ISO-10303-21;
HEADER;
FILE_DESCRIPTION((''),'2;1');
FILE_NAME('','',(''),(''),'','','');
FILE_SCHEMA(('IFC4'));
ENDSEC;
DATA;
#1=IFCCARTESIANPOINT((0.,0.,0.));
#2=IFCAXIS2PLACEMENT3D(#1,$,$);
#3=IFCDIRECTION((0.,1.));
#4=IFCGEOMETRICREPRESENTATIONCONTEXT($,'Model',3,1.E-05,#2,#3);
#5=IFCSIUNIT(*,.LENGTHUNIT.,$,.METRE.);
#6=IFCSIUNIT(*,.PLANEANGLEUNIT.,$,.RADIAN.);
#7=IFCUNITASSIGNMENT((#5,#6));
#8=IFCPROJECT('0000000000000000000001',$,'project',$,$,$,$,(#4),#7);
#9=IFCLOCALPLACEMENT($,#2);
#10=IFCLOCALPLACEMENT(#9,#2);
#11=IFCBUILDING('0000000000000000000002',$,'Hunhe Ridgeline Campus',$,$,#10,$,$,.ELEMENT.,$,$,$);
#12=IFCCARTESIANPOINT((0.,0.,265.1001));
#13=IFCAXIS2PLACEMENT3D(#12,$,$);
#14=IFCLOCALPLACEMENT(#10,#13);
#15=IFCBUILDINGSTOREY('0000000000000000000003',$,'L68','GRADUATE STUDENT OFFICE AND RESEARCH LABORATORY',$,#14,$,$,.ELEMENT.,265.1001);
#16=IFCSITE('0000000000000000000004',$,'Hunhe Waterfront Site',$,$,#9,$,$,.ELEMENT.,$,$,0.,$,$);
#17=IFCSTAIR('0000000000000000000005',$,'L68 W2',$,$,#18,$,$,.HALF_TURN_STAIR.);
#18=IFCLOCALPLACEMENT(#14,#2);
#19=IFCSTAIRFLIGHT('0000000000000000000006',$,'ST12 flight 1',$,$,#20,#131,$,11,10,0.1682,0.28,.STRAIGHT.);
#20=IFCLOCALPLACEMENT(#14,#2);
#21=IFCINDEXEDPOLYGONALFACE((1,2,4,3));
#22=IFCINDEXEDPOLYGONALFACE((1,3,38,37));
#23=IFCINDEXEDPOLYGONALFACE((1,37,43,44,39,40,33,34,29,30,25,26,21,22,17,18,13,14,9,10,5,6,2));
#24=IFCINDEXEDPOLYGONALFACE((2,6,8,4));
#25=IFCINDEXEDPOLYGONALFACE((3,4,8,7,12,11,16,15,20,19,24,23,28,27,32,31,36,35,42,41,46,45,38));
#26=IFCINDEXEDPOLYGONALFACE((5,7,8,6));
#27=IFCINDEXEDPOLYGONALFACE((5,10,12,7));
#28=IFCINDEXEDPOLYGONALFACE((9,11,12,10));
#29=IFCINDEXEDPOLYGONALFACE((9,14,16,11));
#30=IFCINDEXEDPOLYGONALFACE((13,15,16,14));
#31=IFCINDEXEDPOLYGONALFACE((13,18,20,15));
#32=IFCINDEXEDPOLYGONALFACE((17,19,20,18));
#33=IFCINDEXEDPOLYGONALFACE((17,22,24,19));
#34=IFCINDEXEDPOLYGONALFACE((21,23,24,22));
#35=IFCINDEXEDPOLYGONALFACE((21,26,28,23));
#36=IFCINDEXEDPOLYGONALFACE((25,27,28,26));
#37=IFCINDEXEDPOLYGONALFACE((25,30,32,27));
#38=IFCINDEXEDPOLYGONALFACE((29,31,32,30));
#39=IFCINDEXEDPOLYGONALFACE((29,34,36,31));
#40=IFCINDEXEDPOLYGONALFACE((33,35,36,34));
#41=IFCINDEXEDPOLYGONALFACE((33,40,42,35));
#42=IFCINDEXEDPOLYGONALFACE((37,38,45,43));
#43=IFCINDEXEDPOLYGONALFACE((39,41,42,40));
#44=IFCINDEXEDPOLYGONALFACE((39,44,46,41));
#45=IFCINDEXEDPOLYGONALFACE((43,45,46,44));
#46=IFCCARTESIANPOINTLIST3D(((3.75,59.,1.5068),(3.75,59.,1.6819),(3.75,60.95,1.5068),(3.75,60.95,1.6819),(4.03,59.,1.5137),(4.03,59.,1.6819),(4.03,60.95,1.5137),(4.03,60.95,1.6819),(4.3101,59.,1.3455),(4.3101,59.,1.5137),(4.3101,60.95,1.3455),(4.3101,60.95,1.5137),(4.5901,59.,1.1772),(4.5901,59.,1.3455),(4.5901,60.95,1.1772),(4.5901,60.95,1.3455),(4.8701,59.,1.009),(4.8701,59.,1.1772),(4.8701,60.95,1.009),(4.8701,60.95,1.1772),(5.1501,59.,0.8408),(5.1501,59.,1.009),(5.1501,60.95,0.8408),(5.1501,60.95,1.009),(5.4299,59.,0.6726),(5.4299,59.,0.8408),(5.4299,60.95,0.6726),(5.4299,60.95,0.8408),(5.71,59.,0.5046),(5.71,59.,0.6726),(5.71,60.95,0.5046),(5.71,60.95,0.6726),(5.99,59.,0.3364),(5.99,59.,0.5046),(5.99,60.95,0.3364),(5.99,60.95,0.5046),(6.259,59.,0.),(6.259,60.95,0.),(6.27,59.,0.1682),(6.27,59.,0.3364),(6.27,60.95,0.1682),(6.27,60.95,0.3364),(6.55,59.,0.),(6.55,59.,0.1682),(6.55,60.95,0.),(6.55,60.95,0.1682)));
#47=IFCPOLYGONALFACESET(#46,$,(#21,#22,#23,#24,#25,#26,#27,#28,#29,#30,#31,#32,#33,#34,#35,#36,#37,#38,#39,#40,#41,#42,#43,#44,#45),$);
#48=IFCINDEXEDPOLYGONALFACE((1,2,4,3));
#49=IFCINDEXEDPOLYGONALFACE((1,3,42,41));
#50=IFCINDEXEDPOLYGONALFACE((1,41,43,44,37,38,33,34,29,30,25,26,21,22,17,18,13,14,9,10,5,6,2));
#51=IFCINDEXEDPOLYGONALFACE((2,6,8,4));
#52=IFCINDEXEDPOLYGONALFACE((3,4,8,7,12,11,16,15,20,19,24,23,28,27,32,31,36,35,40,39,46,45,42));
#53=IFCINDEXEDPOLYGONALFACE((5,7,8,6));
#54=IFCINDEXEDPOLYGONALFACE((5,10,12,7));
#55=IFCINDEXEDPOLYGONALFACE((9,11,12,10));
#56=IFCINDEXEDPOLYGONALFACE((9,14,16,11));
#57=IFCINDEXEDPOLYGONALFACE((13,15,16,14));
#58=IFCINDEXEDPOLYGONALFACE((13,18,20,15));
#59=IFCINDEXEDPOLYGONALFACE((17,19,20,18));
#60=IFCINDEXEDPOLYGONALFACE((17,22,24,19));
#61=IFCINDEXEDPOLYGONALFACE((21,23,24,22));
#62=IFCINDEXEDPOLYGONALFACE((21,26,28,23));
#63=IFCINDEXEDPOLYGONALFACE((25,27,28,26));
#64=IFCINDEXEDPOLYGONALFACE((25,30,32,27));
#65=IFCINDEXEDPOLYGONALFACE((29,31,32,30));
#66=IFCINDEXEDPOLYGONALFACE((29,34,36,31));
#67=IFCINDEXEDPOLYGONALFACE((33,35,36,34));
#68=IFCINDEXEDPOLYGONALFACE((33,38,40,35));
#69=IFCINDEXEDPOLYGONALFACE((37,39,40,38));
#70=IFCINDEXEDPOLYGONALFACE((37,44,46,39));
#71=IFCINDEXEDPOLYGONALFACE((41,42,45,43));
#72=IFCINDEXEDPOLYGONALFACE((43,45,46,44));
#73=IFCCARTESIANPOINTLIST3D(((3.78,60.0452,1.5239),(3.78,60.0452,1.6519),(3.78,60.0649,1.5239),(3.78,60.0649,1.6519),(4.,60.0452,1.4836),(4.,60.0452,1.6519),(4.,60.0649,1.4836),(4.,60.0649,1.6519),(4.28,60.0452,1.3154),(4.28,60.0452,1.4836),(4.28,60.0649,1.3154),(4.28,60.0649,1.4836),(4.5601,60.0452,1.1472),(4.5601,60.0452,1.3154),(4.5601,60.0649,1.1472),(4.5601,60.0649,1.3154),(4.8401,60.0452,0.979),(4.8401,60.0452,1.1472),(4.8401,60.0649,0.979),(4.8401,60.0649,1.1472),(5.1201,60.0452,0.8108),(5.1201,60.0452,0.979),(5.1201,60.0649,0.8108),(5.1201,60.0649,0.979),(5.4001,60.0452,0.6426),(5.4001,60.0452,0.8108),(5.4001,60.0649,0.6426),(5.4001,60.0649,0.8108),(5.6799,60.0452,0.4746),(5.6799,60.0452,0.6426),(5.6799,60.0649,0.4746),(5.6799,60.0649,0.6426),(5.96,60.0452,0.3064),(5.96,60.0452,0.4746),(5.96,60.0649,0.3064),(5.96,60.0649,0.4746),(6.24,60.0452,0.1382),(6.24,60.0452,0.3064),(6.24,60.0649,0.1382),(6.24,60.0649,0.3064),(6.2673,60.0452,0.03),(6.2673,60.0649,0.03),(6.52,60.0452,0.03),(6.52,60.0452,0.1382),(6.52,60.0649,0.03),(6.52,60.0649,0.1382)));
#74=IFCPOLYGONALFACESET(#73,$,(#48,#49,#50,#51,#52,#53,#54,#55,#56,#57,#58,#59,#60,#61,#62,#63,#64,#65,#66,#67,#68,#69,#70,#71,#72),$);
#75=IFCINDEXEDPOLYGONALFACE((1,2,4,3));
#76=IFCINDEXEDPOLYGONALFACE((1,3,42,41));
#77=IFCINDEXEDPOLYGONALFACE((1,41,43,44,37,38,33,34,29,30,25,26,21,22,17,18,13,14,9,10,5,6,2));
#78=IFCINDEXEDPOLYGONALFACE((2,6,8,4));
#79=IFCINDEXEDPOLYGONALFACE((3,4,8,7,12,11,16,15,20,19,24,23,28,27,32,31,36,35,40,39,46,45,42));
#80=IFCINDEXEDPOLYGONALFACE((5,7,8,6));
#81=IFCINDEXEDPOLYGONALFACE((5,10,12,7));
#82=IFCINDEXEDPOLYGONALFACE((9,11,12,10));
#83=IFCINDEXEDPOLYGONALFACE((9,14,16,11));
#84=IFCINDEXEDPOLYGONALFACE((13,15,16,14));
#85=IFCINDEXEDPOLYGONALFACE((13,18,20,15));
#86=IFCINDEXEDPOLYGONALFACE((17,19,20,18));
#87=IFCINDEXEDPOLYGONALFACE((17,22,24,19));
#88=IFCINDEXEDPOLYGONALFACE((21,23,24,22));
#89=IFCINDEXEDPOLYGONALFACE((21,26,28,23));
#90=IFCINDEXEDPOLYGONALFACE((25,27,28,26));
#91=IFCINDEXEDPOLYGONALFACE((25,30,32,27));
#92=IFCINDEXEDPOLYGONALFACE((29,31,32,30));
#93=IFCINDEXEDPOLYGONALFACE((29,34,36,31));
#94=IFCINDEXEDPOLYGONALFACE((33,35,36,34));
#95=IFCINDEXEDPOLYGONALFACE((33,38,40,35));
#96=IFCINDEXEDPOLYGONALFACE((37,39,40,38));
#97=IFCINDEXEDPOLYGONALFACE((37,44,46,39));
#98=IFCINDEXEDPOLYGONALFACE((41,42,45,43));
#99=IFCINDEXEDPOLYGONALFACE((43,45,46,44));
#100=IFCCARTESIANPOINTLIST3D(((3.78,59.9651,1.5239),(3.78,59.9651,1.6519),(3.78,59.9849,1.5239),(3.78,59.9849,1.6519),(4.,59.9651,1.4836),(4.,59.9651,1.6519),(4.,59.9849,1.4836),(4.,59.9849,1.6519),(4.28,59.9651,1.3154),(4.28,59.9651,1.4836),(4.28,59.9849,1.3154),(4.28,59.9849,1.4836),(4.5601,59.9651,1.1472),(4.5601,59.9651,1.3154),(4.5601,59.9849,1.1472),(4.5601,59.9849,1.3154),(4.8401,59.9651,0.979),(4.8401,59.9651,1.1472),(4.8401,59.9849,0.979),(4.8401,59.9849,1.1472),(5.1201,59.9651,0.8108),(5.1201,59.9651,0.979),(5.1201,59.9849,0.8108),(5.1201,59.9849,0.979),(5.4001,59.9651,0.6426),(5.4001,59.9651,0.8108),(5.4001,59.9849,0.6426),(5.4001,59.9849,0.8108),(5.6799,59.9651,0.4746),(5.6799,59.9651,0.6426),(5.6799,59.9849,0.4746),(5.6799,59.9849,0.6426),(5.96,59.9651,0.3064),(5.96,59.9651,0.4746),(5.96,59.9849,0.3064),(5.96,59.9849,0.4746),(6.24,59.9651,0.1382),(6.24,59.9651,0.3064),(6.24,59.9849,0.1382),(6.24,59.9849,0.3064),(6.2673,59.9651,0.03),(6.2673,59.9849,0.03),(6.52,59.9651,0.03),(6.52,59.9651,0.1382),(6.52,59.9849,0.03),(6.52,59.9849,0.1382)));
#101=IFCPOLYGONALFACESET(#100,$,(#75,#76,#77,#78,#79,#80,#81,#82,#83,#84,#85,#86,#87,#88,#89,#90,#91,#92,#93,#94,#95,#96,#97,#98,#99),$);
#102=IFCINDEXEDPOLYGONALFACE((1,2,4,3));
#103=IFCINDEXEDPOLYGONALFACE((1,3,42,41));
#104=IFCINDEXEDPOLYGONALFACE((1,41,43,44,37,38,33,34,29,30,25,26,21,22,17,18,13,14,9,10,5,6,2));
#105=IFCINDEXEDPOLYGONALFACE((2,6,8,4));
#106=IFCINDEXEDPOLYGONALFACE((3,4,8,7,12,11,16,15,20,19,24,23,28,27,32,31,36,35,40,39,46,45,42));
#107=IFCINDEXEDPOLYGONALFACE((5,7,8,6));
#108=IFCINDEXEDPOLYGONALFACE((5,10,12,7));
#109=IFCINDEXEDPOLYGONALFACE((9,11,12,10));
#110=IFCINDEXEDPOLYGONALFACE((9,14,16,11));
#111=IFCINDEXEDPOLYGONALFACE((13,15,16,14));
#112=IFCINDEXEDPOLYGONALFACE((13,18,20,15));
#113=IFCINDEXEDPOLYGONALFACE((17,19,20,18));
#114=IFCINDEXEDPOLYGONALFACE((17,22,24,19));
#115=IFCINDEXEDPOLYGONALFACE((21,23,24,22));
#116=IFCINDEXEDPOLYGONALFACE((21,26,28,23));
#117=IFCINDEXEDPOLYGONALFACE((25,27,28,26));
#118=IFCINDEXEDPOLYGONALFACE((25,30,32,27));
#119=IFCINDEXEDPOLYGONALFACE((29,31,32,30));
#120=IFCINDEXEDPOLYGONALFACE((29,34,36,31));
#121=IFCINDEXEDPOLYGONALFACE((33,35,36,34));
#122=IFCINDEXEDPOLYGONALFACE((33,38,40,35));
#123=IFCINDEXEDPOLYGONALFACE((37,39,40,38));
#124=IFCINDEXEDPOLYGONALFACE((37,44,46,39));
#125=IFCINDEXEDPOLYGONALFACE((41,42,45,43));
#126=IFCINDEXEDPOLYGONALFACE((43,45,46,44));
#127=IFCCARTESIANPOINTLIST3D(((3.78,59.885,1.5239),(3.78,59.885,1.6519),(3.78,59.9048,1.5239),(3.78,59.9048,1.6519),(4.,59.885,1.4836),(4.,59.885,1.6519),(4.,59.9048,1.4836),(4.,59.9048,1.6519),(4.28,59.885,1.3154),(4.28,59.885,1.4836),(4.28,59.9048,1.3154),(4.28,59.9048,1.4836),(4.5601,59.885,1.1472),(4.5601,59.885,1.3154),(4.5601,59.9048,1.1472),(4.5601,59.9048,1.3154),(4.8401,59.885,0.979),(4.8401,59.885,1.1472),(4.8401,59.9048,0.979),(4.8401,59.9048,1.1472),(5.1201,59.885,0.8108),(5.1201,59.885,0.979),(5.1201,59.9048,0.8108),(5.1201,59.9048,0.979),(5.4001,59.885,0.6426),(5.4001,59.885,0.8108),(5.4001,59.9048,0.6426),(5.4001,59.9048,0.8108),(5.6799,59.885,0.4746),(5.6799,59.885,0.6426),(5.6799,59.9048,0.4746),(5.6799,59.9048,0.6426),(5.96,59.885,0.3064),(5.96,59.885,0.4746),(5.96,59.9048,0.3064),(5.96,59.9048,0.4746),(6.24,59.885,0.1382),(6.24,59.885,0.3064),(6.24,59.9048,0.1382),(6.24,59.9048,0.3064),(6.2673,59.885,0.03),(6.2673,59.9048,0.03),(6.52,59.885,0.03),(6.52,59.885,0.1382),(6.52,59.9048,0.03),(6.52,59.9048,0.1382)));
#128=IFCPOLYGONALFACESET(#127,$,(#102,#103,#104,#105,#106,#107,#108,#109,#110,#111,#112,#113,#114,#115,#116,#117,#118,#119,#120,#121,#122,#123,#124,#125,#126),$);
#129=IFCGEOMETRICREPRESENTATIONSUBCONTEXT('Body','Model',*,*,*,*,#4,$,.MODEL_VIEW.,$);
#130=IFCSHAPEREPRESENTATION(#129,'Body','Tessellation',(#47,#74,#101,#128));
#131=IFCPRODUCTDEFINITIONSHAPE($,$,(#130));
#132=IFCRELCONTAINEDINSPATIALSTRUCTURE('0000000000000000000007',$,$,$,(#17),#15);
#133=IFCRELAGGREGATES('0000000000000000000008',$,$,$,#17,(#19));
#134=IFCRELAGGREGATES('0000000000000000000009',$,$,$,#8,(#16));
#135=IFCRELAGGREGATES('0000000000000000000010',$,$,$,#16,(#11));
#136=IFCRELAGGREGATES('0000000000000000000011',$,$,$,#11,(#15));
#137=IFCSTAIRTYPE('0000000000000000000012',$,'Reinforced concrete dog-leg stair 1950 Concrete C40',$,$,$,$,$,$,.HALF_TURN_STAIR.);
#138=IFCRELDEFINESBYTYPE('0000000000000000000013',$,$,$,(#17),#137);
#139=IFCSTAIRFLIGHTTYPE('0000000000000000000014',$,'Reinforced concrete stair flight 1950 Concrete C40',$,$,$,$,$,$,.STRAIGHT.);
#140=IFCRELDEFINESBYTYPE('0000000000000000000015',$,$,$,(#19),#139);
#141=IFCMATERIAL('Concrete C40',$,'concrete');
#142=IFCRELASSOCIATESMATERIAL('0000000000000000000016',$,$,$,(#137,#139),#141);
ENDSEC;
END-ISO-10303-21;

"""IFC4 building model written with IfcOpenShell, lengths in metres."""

from ifc_helpers import new_model, si_unit, direction, frame, origin, place, context, subcontext, project, spatial, polyline, outline, extrude, material, type_object, element, aggregate, save


model = new_model("IFC4")

# Units and contexts
model_context = context("Model", 3, precision=1e-05, world=origin(), true_north=direction((0.0, 1.0)))
body_context = subcontext(model_context, "Body", "Model", "MODEL_VIEW")
ifc_project = project(units=[si_unit("LENGTHUNIT", "METRE"), si_unit("PLANEANGLEUNIT", "RADIAN")], contexts=[model_context])

# Site, building, storey
site_placement = place(None, origin())
site = spatial("IfcSite", under=ifc_project, at=site_placement, Name="Hunhe Waterfront Site", CompositionType="ELEMENT", RefElevation=0.0)
building_placement = place(site_placement, origin())
building = spatial("IfcBuilding", under=site, at=building_placement, Name="Hunhe Ridgeline Campus", CompositionType="ELEMENT")
storey_placement = place(building_placement, frame((0.0, 0.0, 265.1001)))
storey = spatial("IfcBuildingStorey", under=building, at=storey_placement, Name="L68", Description="GRADUATE STUDENT OFFICE AND RESEARCH LABORATORY", CompositionType="ELEMENT", Elevation=265.1001)

# Stair, stair flight
ifc_material_1 = material(Name="Concrete C40", Category="concrete")
stair_type = type_object("IfcStairType", Name="Reinforced concrete dog-leg stair 1950 Concrete C40", PredefinedType="HALF_TURN_STAIR", material=ifc_material_1)
stair_flight_type = type_object("IfcStairFlightType", Name="Reinforced concrete stair flight 1950 Concrete C40", PredefinedType="STRAIGHT", material=ifc_material_1)
stair_1_placement = place(storey_placement, origin())
stair_1 = element("IfcStair", 1, at=stair_1_placement, inside=storey, type_object=stair_type, Name="L68 W2", PredefinedType="HALF_TURN_STAIR")
stair_flight_1_placement = place(storey_placement, frame((6.55, 59.9751, 0.0), z_axis=(0.0, 0.0, 1.0), x_axis=(-1.0, 0.0, 0.0)))
stair_flight_1 = element("IfcStairFlight", 2, at=stair_flight_1_placement, type_object=stair_flight_type, Name="ST12 flight 1", NumberOfRisers=11, NumberOfTreads=10, PredefinedType="STRAIGHT", RiserHeight=0.1682, TreadLength=0.28, context=body_context, shape_type="SweptSolid", body=[
    extrude(outline(polyline([(0.0, 0.0), (0.0, 0.1682), (0.28, 0.1682), (0.28, 0.3364), (0.5601, 0.3364), (0.5601, 0.5046), (0.8401, 0.5046), (0.8401, 0.6726), (1.1201, 0.6726), (1.1201, 0.8408), (1.3999, 0.8408), (1.3999, 1.009), (1.6799, 1.009), (1.6799, 1.1772), (1.96, 1.1772), (1.96, 1.3455), (2.24, 1.3455), (2.24, 1.5137), (2.52, 1.5137), (2.52, 1.6819), (2.8, 1.6819), (2.8, 1.8501), (2.8, 1.5068), (0.291, 0.0), (0.0, 0.0)])), frame((0.0, 0.9751, 0.0), z_axis=(0.0, -1.0, 0.0), x_axis=(1.0, 0.0, 0.0)), (0.0, 0.0, 1.0), 1.95),
    extrude(outline(polyline([(0.03, 0.03), (0.03, 0.1382), (0.3101, 0.1382), (0.3101, 0.3064), (0.5901, 0.3064), (0.5901, 0.4746), (0.8701, 0.4746), (0.8701, 0.6426), (1.1499, 0.6426), (1.1499, 0.8108), (1.4299, 0.8108), (1.4299, 0.979), (1.71, 0.979), (1.71, 1.1472), (1.99, 1.1472), (1.99, 1.3154), (2.27, 1.3154), (2.27, 1.4836), (2.55, 1.4836), (2.55, 1.6519), (2.77, 1.6519), (2.77, 1.5239), (0.2827, 0.03), (0.03, 0.03)])), frame((0.0, -0.0701, 0.0), z_axis=(0.0, -1.0, 0.0), x_axis=(1.0, 0.0, 0.0)), (0.0, 0.0, 1.0), 0.0198),
    extrude(outline(polyline([(0.03, 0.03), (0.03, 0.1382), (0.3101, 0.1382), (0.3101, 0.3064), (0.5901, 0.3064), (0.5901, 0.4746), (0.8701, 0.4746), (0.8701, 0.6426), (1.1499, 0.6426), (1.1499, 0.8108), (1.4299, 0.8108), (1.4299, 0.979), (1.71, 0.979), (1.71, 1.1472), (1.99, 1.1472), (1.99, 1.3154), (2.27, 1.3154), (2.27, 1.4836), (2.55, 1.4836), (2.55, 1.6519), (2.77, 1.6519), (2.77, 1.5239), (0.2827, 0.03), (0.03, 0.03)])), frame((0.0, 0.01, 0.0), z_axis=(0.0, -1.0, 0.0), x_axis=(1.0, 0.0, 0.0)), (0.0, 0.0, 1.0), 0.0198),
    extrude(outline(polyline([(0.03, 0.03), (0.03, 0.1382), (0.3101, 0.1382), (0.3101, 0.3064), (0.5901, 0.3064), (0.5901, 0.4746), (0.8701, 0.4746), (0.8701, 0.6426), (1.1499, 0.6426), (1.1499, 0.8108), (1.4299, 0.8108), (1.4299, 0.979), (1.71, 0.979), (1.71, 1.1472), (1.99, 1.1472), (1.99, 1.3154), (2.27, 1.3154), (2.27, 1.4836), (2.55, 1.4836), (2.55, 1.6519), (2.77, 1.6519), (2.77, 1.5239), (0.2827, 0.03), (0.03, 0.03)])), frame((0.0, 0.0901, 0.0), z_axis=(0.0, -1.0, 0.0), x_axis=(1.0, 0.0, 0.0)), (0.0, 0.0, 1.0), 0.0198),
])
aggregate(stair_1, [stair_flight_1])

save(model, "model.ifc")
